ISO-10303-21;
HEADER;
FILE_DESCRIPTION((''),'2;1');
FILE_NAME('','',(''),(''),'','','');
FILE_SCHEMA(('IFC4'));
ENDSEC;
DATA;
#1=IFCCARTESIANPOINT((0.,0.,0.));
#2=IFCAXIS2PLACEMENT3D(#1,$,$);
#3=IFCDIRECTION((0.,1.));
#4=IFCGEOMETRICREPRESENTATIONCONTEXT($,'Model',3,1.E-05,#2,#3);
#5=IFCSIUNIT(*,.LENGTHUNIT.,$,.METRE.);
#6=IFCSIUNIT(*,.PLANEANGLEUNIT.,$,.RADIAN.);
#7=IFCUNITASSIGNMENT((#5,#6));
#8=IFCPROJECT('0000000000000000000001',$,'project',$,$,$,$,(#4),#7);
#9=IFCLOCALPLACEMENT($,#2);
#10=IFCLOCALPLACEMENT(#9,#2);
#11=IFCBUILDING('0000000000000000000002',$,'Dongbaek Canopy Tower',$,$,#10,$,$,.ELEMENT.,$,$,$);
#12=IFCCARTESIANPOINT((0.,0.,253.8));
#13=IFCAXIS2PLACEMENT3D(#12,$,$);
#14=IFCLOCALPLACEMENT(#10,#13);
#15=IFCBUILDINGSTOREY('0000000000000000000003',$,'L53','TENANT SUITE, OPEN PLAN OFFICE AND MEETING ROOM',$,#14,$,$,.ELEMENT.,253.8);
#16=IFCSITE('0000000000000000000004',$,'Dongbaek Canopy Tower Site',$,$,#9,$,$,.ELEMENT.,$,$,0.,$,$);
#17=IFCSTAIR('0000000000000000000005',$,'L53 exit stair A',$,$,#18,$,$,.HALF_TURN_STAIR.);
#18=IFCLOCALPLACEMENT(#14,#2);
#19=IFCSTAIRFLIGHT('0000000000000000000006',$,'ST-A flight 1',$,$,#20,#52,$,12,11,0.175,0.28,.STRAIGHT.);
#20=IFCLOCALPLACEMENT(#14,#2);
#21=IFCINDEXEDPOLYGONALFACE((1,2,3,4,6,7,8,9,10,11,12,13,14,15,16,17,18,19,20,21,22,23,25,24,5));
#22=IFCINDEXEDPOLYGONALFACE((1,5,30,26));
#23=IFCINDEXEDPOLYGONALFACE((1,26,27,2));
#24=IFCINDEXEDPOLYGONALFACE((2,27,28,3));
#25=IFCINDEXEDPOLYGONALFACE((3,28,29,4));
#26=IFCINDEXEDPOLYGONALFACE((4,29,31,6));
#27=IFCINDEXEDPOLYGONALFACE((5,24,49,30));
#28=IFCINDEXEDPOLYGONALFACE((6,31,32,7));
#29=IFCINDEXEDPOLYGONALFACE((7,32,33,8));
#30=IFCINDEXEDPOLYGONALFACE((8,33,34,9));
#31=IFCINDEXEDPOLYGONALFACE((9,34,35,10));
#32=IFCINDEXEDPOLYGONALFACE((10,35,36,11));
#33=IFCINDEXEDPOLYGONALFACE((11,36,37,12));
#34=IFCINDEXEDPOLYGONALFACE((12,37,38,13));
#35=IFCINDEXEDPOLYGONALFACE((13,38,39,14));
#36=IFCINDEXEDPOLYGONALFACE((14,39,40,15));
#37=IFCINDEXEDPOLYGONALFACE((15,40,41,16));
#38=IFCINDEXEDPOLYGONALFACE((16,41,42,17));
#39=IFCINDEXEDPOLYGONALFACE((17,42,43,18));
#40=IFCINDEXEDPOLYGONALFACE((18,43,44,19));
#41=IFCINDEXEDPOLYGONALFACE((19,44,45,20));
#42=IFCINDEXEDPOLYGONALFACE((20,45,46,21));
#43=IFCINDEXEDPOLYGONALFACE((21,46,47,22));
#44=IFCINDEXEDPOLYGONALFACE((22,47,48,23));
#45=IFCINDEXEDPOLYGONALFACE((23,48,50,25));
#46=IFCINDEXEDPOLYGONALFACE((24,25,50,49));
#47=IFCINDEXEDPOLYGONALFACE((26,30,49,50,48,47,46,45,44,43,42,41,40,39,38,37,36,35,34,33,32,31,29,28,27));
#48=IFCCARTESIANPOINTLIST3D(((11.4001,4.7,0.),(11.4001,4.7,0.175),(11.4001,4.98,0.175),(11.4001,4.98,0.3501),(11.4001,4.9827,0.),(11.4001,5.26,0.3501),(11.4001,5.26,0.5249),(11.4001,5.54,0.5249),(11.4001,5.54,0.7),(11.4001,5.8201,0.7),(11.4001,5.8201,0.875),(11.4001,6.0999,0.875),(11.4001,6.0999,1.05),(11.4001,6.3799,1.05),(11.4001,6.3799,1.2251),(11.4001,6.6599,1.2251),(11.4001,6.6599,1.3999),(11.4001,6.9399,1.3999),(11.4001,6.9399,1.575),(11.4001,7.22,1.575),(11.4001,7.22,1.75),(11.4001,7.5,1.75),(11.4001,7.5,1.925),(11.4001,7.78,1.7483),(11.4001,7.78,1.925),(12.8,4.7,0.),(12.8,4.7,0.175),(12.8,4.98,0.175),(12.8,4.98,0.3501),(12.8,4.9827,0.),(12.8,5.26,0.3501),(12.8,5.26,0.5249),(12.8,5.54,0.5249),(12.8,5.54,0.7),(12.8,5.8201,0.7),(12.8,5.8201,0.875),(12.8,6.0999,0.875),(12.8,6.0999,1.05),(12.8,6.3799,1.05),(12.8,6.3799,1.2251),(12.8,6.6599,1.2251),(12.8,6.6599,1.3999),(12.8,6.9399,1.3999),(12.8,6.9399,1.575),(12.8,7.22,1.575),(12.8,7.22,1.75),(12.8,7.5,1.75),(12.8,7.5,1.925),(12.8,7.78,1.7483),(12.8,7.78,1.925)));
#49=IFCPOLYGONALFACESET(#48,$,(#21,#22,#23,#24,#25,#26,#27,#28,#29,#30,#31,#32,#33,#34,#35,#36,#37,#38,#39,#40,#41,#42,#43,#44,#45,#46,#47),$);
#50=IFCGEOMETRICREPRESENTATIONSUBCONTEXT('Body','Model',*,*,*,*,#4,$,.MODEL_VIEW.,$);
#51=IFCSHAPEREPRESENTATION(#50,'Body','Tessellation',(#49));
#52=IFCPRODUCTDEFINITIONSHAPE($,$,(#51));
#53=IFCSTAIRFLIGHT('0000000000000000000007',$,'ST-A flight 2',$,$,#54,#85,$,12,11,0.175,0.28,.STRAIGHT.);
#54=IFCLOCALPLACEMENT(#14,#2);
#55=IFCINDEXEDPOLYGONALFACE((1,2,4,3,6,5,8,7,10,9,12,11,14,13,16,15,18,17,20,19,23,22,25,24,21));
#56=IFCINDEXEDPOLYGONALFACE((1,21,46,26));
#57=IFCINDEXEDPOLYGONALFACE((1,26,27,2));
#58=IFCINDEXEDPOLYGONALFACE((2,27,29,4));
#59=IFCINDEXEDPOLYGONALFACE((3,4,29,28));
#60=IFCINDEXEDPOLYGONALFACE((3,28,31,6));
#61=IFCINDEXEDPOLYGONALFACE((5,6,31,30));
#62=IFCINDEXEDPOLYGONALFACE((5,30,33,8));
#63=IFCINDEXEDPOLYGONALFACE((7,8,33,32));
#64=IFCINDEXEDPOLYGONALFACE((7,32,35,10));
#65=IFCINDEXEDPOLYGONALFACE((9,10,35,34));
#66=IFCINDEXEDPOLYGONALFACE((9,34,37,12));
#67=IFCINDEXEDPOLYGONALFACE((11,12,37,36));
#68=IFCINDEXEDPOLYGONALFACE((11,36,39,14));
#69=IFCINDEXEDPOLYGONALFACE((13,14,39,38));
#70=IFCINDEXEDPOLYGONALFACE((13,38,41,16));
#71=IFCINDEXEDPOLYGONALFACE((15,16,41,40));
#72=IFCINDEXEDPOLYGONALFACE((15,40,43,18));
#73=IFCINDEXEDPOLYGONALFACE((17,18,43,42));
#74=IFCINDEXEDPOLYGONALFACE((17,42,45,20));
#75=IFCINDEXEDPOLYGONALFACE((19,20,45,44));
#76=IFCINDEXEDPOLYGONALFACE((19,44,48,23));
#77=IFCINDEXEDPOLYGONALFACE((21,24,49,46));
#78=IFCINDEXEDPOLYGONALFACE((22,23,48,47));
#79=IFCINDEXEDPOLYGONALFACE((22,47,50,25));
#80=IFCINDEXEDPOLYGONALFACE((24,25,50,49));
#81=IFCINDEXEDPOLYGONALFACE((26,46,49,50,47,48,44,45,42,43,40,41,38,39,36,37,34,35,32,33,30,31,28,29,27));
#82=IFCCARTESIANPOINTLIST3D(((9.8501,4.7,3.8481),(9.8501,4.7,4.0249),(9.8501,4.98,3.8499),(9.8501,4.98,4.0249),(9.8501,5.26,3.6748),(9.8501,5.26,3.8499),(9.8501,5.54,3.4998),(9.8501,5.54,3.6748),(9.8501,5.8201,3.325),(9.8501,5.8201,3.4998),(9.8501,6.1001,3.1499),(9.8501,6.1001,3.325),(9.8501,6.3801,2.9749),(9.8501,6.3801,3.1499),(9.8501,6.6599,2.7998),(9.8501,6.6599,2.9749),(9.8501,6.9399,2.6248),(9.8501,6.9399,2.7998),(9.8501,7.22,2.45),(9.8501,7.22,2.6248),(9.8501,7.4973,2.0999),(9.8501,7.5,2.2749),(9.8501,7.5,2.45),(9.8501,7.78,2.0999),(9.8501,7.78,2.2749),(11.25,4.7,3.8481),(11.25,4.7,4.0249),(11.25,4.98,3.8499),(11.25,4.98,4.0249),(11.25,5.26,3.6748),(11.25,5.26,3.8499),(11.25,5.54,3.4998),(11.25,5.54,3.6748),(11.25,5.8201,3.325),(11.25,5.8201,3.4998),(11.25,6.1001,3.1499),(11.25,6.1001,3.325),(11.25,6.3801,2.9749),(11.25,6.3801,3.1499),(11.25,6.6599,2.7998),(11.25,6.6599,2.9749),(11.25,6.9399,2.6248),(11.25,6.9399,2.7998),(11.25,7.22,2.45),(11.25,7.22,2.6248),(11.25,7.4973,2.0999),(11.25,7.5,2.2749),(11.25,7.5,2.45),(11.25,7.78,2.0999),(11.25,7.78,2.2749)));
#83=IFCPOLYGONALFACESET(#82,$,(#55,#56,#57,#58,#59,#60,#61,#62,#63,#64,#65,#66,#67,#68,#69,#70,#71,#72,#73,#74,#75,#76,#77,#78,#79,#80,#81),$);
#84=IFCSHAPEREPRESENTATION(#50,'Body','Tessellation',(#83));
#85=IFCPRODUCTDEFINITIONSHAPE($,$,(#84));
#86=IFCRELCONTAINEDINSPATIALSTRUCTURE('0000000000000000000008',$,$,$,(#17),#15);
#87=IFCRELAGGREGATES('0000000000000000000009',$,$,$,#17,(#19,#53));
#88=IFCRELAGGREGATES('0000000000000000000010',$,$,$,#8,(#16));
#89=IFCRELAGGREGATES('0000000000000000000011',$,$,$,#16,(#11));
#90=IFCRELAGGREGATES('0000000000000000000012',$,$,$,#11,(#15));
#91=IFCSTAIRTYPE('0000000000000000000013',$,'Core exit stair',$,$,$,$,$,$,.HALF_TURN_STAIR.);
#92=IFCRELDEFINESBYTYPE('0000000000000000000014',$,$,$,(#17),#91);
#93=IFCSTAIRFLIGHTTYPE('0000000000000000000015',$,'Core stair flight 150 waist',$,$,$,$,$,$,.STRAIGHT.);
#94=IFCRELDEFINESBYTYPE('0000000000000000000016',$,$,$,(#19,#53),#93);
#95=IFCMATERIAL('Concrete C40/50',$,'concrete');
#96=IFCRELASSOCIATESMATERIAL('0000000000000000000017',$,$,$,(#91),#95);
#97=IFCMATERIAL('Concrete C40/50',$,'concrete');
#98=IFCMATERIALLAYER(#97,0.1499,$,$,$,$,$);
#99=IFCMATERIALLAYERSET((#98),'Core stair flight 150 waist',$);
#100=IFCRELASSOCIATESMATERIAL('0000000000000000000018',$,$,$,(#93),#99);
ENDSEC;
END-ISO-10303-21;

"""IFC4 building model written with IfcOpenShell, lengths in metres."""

from ifc_helpers import new_model, si_unit, direction, frame, origin, place, context, subcontext, project, spatial, polyline, outline, extrude, material, layer, layer_set, type_object, element, aggregate, save


model = new_model("IFC4")

# Units and contexts
model_context = context("Model", 3, precision=1e-05, world=origin(), true_north=direction((0.0, 1.0)))
body_context = subcontext(model_context, "Body", "Model", "MODEL_VIEW")
ifc_project = project(units=[si_unit("LENGTHUNIT", "METRE"), si_unit("PLANEANGLEUNIT", "RADIAN")], contexts=[model_context])

# Site, building, storey
site_placement = place(None, origin())
site = spatial("IfcSite", under=ifc_project, at=site_placement, Name="Dongbaek Canopy Tower Site", CompositionType="ELEMENT", RefElevation=0.0)
building_placement = place(site_placement, origin())
building = spatial("IfcBuilding", under=site, at=building_placement, Name="Dongbaek Canopy Tower", CompositionType="ELEMENT")
storey_placement = place(building_placement, frame((0.0, 0.0, 253.8)))
storey = spatial("IfcBuildingStorey", under=building, at=storey_placement, Name="L53", Description="TENANT SUITE, OPEN PLAN OFFICE AND MEETING ROOM", CompositionType="ELEMENT", Elevation=253.8)

# Stair, stair flights
ifc_material_1 = material(Name="Concrete C40/50", Category="concrete")
stair_type = type_object("IfcStairType", Name="Core exit stair", PredefinedType="HALF_TURN_STAIR", material=ifc_material_1)
stair_placement = place(storey_placement, origin())
stair = element("IfcStair", 1, at=stair_placement, inside=storey, type_object=stair_type, Name="L53 exit stair A", PredefinedType="HALF_TURN_STAIR")
ifc_material_2 = material(Name="Concrete C40/50", Category="concrete")
ifc_layer_1 = layer(ifc_material_2, 0.1499)
ifc_layer_set_1 = layer_set([ifc_layer_1], Name="Core stair flight 150 waist")
stair_flight_type = type_object("IfcStairFlightType", Name="Core stair flight 150 waist", PredefinedType="STRAIGHT", material=ifc_layer_set_1)
stair_flight_1_placement = place(storey_placement, frame((12.1001, 4.7, 0.0), z_axis=(0.0, 0.0, 1.0), x_axis=(0.0, 1.0, 0.0)))
stair_flight_1 = element("IfcStairFlight", 2, at=stair_flight_1_placement, type_object=stair_flight_type, Name="ST-A flight 1", NumberOfRisers=12, NumberOfTreads=11, PredefinedType="STRAIGHT", RiserHeight=0.175, TreadLength=0.28, context=body_context, shape_type="SweptSolid", body=[
    extrude(outline(polyline([(0.0, 0.0), (0.0, 0.175), (0.28, 0.175), (0.28, 0.3501), (0.5601, 0.3501), (0.5601, 0.5249), (0.8401, 0.5249), (0.8401, 0.7), (1.1201, 0.7), (1.1201, 0.875), (1.3999, 0.875), (1.3999, 1.05), (1.6799, 1.05), (1.6799, 1.2251), (1.96, 1.2251), (1.96, 1.3999), (2.24, 1.3999), (2.24, 1.575), (2.52, 1.575), (2.52, 1.75), (2.8, 1.75), (2.8, 1.925), (3.0801, 1.925), (3.0801, 2.1001), (3.0801, 1.7483), (0.2827, 0.0), (0.0, 0.0)])), frame((0.0, 0.7, 0.0), z_axis=(0.0, -1.0, 0.0), x_axis=(1.0, 0.0, 0.0)), (0.0, 0.0, 1.0), 1.3999),
])
stair_flight_2_placement = place(storey_placement, frame((10.55, 7.78, 2.0999), z_axis=(0.0, 0.0, 1.0), x_axis=(0.0, -1.0, 0.0)))
stair_flight_2 = element("IfcStairFlight", 3, at=stair_flight_2_placement, type_object=stair_flight_type, Name="ST-A flight 2", NumberOfRisers=12, NumberOfTreads=11, PredefinedType="STRAIGHT", RiserHeight=0.175, TreadLength=0.28, context=body_context, shape_type="SweptSolid", body=[
    extrude(outline(polyline([(0.0, 0.0), (0.0, 0.175), (0.28, 0.175), (0.28, 0.3501), (0.5601, 0.3501), (0.5601, 0.5249), (0.8401, 0.5249), (0.8401, 0.7), (1.1201, 0.7), (1.1201, 0.875), (1.3999, 0.875), (1.3999, 1.05), (1.6799, 1.05), (1.6799, 1.2251), (1.96, 1.2251), (1.96, 1.3999), (2.24, 1.3999), (2.24, 1.575), (2.52, 1.575), (2.52, 1.75), (2.8, 1.75), (2.8, 1.925), (3.0801, 1.925), (3.0801, 2.1001), (3.0801, 1.7483), (0.2827, 0.0), (0.0, 0.0)])), frame((0.0, 0.7, 0.0), z_axis=(0.0, -1.0, 0.0), x_axis=(1.0, 0.0, 0.0)), (0.0, 0.0, 1.0), 1.3999),
])
aggregate(stair, [stair_flight_1, stair_flight_2])

save(model, "model.ifc")
